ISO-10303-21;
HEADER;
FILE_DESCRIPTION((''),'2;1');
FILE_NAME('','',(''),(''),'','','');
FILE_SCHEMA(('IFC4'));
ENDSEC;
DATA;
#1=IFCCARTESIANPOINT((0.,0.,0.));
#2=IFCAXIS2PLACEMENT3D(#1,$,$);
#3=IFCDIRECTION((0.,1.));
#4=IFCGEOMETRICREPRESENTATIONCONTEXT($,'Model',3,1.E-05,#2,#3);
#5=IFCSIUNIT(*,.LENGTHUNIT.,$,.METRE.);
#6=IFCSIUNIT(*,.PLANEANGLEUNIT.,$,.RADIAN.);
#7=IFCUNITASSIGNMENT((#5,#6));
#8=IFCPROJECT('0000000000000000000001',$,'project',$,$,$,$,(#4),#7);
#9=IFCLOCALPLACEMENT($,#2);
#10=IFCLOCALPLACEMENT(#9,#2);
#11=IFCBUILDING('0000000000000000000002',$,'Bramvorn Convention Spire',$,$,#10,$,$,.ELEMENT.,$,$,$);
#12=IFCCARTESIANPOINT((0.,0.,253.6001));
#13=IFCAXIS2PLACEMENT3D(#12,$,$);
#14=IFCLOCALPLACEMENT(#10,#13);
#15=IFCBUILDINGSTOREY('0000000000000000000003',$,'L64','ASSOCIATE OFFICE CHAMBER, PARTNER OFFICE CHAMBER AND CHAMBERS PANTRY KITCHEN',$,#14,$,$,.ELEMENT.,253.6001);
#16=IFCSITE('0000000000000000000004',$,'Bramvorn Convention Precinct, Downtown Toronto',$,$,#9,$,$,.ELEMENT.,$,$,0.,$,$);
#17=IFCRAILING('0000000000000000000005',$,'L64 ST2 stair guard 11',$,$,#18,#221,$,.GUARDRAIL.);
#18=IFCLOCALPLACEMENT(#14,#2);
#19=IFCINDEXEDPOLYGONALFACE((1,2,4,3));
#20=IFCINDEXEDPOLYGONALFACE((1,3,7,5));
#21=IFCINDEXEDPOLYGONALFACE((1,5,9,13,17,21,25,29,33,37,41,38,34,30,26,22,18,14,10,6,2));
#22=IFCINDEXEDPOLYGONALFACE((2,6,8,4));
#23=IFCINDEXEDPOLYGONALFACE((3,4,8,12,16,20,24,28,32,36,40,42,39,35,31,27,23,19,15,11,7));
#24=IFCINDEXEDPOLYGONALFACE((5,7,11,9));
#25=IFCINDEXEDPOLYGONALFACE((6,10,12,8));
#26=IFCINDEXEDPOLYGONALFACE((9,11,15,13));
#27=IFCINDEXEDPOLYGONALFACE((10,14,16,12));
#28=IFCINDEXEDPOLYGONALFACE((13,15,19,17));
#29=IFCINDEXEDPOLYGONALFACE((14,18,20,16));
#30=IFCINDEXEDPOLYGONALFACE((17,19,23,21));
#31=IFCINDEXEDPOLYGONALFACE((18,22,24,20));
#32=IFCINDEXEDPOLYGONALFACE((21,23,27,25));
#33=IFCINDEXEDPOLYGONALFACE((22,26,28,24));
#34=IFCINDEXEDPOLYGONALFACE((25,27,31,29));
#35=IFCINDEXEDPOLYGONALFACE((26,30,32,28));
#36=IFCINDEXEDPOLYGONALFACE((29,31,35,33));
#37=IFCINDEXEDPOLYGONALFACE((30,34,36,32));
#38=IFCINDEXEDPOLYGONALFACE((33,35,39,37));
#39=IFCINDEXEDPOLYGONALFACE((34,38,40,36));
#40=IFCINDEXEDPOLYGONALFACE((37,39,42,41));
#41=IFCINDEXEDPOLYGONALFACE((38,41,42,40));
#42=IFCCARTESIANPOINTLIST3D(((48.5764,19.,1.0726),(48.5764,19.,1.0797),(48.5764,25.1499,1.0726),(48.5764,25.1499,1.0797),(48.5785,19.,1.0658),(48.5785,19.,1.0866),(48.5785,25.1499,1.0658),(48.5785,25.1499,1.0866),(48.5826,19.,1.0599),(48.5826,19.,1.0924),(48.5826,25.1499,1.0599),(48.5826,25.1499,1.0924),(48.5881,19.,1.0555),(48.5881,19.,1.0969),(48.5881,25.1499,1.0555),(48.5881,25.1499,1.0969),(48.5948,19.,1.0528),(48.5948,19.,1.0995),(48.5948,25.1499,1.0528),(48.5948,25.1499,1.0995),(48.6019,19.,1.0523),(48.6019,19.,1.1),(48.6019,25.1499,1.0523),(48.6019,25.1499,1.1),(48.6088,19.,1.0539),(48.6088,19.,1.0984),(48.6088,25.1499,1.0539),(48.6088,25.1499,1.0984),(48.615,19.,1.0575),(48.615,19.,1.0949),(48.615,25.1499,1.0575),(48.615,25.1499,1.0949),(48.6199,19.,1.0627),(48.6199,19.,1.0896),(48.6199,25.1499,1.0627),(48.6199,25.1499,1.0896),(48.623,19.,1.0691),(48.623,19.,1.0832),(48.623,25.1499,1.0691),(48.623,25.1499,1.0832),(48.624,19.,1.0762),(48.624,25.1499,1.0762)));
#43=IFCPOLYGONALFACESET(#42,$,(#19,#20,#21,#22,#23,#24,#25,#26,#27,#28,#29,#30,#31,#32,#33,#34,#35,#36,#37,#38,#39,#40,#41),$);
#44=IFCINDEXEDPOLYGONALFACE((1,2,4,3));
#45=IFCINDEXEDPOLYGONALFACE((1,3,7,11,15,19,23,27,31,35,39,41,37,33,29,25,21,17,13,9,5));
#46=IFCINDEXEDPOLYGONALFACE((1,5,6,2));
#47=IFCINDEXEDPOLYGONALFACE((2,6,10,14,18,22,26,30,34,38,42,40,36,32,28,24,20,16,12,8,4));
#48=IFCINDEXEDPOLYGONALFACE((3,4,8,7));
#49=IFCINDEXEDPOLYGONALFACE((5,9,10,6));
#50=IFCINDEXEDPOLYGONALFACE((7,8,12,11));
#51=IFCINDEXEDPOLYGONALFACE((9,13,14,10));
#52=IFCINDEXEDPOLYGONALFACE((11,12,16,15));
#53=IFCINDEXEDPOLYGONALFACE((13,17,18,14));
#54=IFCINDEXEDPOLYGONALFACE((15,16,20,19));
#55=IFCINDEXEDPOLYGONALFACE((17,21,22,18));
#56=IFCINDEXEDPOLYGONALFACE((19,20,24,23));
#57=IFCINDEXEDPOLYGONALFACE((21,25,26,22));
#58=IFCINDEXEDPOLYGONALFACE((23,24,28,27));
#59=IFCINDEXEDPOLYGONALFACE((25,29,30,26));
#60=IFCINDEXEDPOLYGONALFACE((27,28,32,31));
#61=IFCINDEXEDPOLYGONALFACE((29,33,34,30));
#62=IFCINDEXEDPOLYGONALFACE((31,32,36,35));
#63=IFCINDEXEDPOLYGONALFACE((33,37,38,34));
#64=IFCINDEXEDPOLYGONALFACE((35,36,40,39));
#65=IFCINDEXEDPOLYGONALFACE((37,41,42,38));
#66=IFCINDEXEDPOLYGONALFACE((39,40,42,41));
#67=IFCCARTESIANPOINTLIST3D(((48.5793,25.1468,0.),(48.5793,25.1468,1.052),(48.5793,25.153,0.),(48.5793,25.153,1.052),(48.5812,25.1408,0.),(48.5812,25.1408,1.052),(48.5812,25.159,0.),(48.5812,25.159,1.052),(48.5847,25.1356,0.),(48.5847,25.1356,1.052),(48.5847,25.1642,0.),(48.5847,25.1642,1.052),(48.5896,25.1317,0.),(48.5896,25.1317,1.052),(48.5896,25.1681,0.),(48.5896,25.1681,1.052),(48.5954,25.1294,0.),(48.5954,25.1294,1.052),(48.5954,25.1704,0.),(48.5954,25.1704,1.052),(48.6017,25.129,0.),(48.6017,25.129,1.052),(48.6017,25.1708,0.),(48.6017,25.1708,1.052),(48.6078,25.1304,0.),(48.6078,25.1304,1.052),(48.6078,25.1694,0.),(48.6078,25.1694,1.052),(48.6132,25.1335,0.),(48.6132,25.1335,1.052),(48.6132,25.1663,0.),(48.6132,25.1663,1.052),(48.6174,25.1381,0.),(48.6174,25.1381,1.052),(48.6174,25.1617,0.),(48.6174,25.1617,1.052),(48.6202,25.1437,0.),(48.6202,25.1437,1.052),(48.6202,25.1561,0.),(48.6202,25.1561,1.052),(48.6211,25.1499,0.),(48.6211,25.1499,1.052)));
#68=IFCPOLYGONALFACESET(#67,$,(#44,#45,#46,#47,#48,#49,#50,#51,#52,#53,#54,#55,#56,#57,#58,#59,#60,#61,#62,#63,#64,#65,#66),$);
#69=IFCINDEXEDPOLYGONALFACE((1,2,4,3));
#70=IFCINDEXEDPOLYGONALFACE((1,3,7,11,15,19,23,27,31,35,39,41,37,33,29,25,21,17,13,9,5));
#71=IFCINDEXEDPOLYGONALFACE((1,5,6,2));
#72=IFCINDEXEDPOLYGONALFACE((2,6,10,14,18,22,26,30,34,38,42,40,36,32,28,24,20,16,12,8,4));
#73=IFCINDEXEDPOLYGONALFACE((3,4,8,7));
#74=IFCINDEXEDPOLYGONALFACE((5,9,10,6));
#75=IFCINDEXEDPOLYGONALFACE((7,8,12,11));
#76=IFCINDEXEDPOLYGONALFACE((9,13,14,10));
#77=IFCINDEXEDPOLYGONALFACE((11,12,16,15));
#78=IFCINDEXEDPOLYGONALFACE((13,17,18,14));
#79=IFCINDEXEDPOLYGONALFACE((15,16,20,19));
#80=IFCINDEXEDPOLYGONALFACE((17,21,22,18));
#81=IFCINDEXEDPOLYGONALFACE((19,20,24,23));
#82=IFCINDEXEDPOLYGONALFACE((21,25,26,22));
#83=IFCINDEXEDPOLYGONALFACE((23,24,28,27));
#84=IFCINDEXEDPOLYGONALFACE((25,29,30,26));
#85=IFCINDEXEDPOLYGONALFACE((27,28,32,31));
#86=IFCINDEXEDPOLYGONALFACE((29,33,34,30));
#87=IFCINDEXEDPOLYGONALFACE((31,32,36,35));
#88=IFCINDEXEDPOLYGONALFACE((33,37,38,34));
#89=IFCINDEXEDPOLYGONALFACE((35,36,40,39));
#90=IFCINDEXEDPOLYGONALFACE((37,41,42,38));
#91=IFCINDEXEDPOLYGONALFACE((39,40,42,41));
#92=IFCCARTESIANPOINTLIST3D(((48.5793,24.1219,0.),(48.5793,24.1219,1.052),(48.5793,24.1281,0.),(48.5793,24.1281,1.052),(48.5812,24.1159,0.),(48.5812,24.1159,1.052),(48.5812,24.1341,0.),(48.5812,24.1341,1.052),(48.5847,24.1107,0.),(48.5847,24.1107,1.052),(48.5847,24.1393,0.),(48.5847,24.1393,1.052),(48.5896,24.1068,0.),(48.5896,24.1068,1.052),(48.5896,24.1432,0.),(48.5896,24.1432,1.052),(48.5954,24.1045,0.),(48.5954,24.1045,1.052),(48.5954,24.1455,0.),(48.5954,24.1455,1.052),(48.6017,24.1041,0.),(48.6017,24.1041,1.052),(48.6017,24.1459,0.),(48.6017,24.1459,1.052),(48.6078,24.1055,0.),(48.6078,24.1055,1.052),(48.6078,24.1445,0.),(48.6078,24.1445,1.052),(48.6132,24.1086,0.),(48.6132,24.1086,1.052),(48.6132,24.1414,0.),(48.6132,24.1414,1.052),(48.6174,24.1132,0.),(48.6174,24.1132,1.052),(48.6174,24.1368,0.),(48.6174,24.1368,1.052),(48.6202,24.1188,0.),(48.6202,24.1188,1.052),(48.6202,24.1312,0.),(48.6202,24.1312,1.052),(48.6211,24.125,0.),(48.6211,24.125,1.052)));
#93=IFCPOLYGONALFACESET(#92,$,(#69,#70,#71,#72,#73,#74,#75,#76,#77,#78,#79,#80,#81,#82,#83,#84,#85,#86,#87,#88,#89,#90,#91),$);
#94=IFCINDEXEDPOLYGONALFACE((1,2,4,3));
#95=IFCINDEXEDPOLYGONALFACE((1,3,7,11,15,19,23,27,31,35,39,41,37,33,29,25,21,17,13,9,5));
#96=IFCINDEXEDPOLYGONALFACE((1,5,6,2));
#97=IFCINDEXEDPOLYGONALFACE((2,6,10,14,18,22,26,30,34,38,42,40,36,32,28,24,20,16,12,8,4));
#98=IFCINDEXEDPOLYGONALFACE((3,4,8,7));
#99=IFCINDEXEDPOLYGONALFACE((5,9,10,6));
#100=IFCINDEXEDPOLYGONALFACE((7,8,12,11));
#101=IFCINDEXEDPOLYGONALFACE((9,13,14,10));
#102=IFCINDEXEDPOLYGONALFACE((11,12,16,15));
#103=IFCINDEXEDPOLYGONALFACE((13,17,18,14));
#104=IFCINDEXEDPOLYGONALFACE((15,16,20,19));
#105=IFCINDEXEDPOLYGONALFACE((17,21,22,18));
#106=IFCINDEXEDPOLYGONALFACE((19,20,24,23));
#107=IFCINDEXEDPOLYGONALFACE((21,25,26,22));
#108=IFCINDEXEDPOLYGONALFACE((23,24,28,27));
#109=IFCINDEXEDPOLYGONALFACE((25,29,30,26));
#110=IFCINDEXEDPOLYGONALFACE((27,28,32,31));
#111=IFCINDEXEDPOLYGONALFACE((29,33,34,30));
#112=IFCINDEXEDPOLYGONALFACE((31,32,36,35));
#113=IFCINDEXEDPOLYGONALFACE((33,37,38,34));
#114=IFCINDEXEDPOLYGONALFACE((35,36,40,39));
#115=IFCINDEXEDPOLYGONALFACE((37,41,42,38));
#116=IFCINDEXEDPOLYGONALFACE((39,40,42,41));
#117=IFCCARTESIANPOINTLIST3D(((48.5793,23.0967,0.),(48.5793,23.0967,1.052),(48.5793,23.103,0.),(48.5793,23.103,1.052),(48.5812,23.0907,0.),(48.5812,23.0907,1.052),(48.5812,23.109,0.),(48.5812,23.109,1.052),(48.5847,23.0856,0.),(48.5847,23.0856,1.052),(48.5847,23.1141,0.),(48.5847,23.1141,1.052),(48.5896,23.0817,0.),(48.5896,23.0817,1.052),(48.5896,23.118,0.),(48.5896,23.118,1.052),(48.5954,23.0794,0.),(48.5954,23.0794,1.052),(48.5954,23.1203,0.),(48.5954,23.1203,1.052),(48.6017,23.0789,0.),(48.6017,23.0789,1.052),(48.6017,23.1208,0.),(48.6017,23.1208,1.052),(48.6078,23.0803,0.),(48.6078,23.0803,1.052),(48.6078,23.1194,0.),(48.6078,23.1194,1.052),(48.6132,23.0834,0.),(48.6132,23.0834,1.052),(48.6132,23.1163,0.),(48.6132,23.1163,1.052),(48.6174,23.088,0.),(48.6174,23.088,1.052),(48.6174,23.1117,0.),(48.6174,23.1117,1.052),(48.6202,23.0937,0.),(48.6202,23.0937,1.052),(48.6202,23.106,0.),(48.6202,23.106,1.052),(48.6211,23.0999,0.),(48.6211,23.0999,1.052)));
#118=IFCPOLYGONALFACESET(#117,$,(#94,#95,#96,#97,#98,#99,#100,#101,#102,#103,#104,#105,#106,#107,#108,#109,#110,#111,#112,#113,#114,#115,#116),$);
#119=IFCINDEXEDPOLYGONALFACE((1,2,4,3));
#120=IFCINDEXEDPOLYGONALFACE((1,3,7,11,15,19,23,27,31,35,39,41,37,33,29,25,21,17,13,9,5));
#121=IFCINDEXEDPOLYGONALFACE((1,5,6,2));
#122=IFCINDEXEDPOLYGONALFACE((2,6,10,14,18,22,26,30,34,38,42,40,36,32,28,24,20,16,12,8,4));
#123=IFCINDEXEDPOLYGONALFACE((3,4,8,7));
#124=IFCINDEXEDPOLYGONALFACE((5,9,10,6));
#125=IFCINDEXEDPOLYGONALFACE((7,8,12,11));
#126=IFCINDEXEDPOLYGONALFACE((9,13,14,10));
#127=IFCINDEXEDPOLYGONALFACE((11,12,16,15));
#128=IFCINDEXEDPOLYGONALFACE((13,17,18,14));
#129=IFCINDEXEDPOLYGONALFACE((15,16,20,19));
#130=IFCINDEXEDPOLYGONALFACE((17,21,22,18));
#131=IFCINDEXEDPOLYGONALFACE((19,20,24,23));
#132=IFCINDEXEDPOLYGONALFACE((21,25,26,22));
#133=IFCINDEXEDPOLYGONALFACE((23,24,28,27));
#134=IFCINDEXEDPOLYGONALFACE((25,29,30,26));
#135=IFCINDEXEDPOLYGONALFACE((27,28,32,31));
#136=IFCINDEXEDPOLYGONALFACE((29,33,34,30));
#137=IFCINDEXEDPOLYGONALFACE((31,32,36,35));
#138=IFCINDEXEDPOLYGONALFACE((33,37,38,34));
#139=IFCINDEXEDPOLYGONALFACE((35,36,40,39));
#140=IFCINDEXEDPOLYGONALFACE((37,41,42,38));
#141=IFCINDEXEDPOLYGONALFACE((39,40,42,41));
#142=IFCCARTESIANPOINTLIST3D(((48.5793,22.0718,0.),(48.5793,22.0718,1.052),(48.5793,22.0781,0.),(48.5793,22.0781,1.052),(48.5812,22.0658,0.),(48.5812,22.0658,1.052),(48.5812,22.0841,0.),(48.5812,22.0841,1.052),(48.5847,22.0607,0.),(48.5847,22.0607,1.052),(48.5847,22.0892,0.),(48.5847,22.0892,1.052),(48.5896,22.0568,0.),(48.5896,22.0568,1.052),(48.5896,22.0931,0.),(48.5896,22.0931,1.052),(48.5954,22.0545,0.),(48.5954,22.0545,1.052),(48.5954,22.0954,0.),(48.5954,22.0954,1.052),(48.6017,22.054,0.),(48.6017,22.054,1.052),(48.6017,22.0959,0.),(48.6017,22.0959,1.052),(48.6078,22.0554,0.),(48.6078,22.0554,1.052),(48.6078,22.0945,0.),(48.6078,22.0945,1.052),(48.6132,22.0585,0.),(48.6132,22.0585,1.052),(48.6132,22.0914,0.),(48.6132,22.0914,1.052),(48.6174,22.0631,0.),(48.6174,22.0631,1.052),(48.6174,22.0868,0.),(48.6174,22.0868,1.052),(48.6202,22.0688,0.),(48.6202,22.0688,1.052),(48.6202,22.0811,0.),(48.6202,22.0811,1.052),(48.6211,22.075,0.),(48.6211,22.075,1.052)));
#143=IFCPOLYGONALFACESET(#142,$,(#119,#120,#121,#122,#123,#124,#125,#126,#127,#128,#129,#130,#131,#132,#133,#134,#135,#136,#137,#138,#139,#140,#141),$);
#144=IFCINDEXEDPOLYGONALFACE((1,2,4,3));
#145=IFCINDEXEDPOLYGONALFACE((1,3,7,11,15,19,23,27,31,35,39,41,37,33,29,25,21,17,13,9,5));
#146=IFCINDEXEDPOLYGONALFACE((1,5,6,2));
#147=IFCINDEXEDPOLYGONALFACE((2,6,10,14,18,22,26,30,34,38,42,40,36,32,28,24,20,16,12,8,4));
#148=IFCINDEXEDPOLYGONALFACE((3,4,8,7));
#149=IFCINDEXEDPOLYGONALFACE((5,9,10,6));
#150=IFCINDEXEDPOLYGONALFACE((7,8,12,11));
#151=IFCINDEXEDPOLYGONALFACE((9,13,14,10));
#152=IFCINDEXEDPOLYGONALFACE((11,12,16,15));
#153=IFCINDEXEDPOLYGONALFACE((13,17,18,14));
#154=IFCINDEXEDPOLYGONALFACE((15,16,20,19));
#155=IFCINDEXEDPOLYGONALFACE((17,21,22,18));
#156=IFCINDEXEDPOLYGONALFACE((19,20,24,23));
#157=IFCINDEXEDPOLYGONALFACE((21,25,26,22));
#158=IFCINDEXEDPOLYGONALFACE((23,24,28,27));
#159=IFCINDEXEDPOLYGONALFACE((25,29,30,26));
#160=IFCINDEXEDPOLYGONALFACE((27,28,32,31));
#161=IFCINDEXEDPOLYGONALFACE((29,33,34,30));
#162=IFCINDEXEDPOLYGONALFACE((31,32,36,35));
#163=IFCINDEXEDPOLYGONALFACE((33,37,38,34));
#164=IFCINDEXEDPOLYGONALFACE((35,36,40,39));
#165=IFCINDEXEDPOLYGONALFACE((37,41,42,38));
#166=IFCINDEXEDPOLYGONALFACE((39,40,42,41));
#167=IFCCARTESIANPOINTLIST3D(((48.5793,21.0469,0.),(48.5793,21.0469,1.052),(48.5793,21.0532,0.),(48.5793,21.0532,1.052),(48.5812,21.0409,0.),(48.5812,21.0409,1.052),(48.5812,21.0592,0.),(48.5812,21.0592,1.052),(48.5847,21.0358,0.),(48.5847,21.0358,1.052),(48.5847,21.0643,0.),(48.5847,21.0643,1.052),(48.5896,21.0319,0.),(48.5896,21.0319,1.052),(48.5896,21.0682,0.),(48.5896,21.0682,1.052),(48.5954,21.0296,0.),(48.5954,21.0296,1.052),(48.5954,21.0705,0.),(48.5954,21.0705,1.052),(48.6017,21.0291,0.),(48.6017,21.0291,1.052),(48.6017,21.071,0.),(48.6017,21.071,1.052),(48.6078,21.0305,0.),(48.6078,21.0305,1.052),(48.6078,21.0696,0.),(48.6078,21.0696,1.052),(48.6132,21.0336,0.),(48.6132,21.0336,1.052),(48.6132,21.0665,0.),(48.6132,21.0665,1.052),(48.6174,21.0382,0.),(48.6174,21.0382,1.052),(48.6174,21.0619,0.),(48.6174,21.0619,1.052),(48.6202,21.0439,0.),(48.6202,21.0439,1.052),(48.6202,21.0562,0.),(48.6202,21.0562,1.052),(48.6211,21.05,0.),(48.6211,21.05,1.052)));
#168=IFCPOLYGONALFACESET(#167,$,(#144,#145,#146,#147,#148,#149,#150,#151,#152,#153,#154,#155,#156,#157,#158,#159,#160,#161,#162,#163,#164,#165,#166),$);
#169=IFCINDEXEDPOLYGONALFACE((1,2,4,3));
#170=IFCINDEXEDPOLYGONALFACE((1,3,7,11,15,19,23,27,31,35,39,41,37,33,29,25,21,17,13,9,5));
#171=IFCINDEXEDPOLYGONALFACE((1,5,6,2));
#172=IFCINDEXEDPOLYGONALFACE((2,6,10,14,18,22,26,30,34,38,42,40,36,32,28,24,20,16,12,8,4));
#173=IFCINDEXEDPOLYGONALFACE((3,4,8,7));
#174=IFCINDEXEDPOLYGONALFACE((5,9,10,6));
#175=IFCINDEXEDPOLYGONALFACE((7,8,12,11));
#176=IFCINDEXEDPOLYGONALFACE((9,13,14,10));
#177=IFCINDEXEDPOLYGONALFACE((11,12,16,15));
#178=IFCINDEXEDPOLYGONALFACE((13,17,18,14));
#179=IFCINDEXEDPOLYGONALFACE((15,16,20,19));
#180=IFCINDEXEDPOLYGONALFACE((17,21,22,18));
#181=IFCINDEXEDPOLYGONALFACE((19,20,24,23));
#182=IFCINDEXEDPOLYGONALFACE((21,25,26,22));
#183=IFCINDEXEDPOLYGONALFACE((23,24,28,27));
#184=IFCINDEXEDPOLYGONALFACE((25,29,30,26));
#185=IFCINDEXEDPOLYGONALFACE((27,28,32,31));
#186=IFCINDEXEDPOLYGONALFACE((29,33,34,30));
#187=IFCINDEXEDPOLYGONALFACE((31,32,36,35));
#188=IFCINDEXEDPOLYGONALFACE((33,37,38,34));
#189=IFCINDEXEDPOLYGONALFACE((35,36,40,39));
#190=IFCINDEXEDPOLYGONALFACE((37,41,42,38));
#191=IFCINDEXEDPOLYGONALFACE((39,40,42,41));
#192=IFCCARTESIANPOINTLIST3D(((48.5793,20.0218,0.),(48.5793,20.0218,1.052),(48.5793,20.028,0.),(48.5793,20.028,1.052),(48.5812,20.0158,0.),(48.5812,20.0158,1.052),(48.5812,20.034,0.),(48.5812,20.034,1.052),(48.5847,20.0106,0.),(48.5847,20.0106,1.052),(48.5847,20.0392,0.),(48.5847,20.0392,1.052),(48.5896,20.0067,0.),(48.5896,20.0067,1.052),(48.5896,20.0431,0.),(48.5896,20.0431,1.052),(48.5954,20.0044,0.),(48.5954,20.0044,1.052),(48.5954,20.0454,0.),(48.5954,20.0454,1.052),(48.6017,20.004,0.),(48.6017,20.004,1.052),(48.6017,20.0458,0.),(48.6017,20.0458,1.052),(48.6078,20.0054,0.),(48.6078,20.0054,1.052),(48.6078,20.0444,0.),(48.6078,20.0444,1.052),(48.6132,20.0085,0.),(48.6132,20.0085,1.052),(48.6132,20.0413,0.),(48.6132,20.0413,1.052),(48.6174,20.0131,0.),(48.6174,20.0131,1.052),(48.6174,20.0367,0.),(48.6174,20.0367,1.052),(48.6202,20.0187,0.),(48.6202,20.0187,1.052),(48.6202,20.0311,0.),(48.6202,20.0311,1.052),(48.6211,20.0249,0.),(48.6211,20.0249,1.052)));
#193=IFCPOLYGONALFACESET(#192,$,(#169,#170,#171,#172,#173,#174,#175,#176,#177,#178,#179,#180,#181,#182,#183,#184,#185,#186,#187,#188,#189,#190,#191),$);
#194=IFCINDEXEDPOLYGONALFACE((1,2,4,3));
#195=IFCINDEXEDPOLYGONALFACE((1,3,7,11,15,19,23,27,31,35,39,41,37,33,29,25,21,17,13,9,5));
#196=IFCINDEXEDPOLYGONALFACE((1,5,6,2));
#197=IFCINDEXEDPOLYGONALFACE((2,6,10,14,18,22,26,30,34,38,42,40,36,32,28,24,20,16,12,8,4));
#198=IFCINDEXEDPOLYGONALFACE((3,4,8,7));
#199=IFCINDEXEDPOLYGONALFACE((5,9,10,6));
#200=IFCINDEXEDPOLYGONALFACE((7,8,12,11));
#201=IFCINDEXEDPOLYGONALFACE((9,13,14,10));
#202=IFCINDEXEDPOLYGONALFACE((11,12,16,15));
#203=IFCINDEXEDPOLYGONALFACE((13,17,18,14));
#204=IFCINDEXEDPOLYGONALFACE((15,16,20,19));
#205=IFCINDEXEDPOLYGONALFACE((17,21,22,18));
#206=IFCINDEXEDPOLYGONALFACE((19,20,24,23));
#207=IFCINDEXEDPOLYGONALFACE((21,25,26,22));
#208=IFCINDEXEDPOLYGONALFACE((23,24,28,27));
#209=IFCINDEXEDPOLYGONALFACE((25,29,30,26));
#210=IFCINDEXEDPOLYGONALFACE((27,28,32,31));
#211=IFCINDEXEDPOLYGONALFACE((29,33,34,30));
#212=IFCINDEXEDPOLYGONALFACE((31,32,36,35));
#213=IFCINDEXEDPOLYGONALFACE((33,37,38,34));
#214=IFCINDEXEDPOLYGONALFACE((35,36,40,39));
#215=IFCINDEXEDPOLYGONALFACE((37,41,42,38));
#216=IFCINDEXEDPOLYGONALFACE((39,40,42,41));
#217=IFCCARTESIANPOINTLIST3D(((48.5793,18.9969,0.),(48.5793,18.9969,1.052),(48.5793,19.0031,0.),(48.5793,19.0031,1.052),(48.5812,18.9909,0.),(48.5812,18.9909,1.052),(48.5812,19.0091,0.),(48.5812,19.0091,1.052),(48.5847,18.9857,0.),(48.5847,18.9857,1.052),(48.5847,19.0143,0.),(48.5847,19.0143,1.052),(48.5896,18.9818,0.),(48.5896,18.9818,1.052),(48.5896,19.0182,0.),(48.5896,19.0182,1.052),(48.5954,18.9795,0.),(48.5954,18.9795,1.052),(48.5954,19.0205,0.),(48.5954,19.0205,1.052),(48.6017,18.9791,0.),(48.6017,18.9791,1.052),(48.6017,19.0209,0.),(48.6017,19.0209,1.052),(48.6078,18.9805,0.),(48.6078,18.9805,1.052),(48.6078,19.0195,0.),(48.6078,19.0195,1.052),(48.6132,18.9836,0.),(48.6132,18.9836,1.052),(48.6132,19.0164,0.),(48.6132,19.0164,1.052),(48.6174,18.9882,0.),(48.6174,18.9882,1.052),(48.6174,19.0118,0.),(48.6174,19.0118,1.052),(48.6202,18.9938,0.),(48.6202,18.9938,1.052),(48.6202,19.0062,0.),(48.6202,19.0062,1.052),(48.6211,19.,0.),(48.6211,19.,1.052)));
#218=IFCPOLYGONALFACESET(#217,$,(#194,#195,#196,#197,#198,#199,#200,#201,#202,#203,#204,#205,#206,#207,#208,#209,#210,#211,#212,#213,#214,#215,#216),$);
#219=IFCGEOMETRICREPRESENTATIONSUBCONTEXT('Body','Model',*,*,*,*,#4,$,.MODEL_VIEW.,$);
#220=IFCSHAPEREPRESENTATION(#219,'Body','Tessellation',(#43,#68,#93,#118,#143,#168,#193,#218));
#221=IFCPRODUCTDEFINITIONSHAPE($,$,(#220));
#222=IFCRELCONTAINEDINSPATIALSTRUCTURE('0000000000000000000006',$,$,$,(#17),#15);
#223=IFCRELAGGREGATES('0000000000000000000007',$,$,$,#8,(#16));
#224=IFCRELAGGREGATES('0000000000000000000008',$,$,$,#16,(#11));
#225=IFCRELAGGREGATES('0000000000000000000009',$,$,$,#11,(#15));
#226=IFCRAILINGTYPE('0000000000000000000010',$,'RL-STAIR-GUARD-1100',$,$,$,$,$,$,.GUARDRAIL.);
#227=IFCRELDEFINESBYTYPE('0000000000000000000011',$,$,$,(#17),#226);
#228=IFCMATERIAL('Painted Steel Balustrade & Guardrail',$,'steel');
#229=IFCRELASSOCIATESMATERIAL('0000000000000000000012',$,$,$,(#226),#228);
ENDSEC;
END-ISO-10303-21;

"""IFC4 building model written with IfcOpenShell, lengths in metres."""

from ifc_helpers import new_model, si_unit, direction, frame, origin, origin_2d, place, context, subcontext, project, spatial, circle, extrude, material, type_object, element, save


model = new_model("IFC4")

# Units and contexts
model_context = context("Model", 3, precision=1e-05, world=origin(), true_north=direction((0.0, 1.0)))
body_context = subcontext(model_context, "Body", "Model", "MODEL_VIEW")
ifc_project = project(units=[si_unit("LENGTHUNIT", "METRE"), si_unit("PLANEANGLEUNIT", "RADIAN")], contexts=[model_context])

# Site, building, storey
site_placement = place(None, origin())
site = spatial("IfcSite", under=ifc_project, at=site_placement, Name="Bramvorn Convention Precinct, Downtown Toronto", CompositionType="ELEMENT", RefElevation=0.0)
building_placement = place(site_placement, origin())
building = spatial("IfcBuilding", under=site, at=building_placement, Name="Bramvorn Convention Spire", CompositionType="ELEMENT")
storey_placement = place(building_placement, frame((0.0, 0.0, 253.6001)))
storey = spatial("IfcBuildingStorey", under=building, at=storey_placement, Name="L64", Description="ASSOCIATE OFFICE CHAMBER, PARTNER OFFICE CHAMBER AND CHAMBERS PANTRY KITCHEN", CompositionType="ELEMENT", Elevation=253.6001)

# Railing
ifc_material_1 = material(Name="Painted Steel Balustrade & Guardrail", Category="steel")
railing_type_1 = type_object("IfcRailingType", Name="RL-STAIR-GUARD-1100", PredefinedType="GUARDRAIL", material=ifc_material_1)
railing_1_placement = place(storey_placement, frame((48.6001, 25.1499, 0.0)))
element("IfcRailing", 1, at=railing_1_placement, inside=storey, type_object=railing_type_1, Name="L64 ST2 stair guard 11", PredefinedType="GUARDRAIL", context=body_context, shape_type="SweptSolid", body=[
    extrude(circle(Radius=0.0239, at=origin_2d()), frame((0.0, 0.0, 1.0762), z_axis=(0.0, -1.0, 0.0), x_axis=(1.0, 0.0, 0.0)), (0.0, 0.0, 1.0), 6.1499),
    extrude(circle(Radius=0.021, at=origin_2d()), origin(), (0.0, 0.0, 1.0), 1.052),
    extrude(circle(Radius=0.021, at=origin_2d()), frame((0.0, -1.0249, 0.0)), (0.0, 0.0, 1.0), 1.052),
    extrude(circle(Radius=0.021, at=origin_2d()), frame((0.0, -2.05, 0.0)), (0.0, 0.0, 1.0), 1.052),
    extrude(circle(Radius=0.021, at=origin_2d()), frame((0.0, -3.075, 0.0)), (0.0, 0.0, 1.0), 1.052),
    extrude(circle(Radius=0.021, at=origin_2d()), frame((0.0, -4.0999, 0.0)), (0.0, 0.0, 1.0), 1.052),
    extrude(circle(Radius=0.021, at=origin_2d()), frame((0.0, -5.125, 0.0)), (0.0, 0.0, 1.0), 1.052),
    extrude(circle(Radius=0.021, at=origin_2d()), frame((0.0, -6.1499, 0.0)), (0.0, 0.0, 1.0), 1.052),
])

save(model, "model.ifc")
